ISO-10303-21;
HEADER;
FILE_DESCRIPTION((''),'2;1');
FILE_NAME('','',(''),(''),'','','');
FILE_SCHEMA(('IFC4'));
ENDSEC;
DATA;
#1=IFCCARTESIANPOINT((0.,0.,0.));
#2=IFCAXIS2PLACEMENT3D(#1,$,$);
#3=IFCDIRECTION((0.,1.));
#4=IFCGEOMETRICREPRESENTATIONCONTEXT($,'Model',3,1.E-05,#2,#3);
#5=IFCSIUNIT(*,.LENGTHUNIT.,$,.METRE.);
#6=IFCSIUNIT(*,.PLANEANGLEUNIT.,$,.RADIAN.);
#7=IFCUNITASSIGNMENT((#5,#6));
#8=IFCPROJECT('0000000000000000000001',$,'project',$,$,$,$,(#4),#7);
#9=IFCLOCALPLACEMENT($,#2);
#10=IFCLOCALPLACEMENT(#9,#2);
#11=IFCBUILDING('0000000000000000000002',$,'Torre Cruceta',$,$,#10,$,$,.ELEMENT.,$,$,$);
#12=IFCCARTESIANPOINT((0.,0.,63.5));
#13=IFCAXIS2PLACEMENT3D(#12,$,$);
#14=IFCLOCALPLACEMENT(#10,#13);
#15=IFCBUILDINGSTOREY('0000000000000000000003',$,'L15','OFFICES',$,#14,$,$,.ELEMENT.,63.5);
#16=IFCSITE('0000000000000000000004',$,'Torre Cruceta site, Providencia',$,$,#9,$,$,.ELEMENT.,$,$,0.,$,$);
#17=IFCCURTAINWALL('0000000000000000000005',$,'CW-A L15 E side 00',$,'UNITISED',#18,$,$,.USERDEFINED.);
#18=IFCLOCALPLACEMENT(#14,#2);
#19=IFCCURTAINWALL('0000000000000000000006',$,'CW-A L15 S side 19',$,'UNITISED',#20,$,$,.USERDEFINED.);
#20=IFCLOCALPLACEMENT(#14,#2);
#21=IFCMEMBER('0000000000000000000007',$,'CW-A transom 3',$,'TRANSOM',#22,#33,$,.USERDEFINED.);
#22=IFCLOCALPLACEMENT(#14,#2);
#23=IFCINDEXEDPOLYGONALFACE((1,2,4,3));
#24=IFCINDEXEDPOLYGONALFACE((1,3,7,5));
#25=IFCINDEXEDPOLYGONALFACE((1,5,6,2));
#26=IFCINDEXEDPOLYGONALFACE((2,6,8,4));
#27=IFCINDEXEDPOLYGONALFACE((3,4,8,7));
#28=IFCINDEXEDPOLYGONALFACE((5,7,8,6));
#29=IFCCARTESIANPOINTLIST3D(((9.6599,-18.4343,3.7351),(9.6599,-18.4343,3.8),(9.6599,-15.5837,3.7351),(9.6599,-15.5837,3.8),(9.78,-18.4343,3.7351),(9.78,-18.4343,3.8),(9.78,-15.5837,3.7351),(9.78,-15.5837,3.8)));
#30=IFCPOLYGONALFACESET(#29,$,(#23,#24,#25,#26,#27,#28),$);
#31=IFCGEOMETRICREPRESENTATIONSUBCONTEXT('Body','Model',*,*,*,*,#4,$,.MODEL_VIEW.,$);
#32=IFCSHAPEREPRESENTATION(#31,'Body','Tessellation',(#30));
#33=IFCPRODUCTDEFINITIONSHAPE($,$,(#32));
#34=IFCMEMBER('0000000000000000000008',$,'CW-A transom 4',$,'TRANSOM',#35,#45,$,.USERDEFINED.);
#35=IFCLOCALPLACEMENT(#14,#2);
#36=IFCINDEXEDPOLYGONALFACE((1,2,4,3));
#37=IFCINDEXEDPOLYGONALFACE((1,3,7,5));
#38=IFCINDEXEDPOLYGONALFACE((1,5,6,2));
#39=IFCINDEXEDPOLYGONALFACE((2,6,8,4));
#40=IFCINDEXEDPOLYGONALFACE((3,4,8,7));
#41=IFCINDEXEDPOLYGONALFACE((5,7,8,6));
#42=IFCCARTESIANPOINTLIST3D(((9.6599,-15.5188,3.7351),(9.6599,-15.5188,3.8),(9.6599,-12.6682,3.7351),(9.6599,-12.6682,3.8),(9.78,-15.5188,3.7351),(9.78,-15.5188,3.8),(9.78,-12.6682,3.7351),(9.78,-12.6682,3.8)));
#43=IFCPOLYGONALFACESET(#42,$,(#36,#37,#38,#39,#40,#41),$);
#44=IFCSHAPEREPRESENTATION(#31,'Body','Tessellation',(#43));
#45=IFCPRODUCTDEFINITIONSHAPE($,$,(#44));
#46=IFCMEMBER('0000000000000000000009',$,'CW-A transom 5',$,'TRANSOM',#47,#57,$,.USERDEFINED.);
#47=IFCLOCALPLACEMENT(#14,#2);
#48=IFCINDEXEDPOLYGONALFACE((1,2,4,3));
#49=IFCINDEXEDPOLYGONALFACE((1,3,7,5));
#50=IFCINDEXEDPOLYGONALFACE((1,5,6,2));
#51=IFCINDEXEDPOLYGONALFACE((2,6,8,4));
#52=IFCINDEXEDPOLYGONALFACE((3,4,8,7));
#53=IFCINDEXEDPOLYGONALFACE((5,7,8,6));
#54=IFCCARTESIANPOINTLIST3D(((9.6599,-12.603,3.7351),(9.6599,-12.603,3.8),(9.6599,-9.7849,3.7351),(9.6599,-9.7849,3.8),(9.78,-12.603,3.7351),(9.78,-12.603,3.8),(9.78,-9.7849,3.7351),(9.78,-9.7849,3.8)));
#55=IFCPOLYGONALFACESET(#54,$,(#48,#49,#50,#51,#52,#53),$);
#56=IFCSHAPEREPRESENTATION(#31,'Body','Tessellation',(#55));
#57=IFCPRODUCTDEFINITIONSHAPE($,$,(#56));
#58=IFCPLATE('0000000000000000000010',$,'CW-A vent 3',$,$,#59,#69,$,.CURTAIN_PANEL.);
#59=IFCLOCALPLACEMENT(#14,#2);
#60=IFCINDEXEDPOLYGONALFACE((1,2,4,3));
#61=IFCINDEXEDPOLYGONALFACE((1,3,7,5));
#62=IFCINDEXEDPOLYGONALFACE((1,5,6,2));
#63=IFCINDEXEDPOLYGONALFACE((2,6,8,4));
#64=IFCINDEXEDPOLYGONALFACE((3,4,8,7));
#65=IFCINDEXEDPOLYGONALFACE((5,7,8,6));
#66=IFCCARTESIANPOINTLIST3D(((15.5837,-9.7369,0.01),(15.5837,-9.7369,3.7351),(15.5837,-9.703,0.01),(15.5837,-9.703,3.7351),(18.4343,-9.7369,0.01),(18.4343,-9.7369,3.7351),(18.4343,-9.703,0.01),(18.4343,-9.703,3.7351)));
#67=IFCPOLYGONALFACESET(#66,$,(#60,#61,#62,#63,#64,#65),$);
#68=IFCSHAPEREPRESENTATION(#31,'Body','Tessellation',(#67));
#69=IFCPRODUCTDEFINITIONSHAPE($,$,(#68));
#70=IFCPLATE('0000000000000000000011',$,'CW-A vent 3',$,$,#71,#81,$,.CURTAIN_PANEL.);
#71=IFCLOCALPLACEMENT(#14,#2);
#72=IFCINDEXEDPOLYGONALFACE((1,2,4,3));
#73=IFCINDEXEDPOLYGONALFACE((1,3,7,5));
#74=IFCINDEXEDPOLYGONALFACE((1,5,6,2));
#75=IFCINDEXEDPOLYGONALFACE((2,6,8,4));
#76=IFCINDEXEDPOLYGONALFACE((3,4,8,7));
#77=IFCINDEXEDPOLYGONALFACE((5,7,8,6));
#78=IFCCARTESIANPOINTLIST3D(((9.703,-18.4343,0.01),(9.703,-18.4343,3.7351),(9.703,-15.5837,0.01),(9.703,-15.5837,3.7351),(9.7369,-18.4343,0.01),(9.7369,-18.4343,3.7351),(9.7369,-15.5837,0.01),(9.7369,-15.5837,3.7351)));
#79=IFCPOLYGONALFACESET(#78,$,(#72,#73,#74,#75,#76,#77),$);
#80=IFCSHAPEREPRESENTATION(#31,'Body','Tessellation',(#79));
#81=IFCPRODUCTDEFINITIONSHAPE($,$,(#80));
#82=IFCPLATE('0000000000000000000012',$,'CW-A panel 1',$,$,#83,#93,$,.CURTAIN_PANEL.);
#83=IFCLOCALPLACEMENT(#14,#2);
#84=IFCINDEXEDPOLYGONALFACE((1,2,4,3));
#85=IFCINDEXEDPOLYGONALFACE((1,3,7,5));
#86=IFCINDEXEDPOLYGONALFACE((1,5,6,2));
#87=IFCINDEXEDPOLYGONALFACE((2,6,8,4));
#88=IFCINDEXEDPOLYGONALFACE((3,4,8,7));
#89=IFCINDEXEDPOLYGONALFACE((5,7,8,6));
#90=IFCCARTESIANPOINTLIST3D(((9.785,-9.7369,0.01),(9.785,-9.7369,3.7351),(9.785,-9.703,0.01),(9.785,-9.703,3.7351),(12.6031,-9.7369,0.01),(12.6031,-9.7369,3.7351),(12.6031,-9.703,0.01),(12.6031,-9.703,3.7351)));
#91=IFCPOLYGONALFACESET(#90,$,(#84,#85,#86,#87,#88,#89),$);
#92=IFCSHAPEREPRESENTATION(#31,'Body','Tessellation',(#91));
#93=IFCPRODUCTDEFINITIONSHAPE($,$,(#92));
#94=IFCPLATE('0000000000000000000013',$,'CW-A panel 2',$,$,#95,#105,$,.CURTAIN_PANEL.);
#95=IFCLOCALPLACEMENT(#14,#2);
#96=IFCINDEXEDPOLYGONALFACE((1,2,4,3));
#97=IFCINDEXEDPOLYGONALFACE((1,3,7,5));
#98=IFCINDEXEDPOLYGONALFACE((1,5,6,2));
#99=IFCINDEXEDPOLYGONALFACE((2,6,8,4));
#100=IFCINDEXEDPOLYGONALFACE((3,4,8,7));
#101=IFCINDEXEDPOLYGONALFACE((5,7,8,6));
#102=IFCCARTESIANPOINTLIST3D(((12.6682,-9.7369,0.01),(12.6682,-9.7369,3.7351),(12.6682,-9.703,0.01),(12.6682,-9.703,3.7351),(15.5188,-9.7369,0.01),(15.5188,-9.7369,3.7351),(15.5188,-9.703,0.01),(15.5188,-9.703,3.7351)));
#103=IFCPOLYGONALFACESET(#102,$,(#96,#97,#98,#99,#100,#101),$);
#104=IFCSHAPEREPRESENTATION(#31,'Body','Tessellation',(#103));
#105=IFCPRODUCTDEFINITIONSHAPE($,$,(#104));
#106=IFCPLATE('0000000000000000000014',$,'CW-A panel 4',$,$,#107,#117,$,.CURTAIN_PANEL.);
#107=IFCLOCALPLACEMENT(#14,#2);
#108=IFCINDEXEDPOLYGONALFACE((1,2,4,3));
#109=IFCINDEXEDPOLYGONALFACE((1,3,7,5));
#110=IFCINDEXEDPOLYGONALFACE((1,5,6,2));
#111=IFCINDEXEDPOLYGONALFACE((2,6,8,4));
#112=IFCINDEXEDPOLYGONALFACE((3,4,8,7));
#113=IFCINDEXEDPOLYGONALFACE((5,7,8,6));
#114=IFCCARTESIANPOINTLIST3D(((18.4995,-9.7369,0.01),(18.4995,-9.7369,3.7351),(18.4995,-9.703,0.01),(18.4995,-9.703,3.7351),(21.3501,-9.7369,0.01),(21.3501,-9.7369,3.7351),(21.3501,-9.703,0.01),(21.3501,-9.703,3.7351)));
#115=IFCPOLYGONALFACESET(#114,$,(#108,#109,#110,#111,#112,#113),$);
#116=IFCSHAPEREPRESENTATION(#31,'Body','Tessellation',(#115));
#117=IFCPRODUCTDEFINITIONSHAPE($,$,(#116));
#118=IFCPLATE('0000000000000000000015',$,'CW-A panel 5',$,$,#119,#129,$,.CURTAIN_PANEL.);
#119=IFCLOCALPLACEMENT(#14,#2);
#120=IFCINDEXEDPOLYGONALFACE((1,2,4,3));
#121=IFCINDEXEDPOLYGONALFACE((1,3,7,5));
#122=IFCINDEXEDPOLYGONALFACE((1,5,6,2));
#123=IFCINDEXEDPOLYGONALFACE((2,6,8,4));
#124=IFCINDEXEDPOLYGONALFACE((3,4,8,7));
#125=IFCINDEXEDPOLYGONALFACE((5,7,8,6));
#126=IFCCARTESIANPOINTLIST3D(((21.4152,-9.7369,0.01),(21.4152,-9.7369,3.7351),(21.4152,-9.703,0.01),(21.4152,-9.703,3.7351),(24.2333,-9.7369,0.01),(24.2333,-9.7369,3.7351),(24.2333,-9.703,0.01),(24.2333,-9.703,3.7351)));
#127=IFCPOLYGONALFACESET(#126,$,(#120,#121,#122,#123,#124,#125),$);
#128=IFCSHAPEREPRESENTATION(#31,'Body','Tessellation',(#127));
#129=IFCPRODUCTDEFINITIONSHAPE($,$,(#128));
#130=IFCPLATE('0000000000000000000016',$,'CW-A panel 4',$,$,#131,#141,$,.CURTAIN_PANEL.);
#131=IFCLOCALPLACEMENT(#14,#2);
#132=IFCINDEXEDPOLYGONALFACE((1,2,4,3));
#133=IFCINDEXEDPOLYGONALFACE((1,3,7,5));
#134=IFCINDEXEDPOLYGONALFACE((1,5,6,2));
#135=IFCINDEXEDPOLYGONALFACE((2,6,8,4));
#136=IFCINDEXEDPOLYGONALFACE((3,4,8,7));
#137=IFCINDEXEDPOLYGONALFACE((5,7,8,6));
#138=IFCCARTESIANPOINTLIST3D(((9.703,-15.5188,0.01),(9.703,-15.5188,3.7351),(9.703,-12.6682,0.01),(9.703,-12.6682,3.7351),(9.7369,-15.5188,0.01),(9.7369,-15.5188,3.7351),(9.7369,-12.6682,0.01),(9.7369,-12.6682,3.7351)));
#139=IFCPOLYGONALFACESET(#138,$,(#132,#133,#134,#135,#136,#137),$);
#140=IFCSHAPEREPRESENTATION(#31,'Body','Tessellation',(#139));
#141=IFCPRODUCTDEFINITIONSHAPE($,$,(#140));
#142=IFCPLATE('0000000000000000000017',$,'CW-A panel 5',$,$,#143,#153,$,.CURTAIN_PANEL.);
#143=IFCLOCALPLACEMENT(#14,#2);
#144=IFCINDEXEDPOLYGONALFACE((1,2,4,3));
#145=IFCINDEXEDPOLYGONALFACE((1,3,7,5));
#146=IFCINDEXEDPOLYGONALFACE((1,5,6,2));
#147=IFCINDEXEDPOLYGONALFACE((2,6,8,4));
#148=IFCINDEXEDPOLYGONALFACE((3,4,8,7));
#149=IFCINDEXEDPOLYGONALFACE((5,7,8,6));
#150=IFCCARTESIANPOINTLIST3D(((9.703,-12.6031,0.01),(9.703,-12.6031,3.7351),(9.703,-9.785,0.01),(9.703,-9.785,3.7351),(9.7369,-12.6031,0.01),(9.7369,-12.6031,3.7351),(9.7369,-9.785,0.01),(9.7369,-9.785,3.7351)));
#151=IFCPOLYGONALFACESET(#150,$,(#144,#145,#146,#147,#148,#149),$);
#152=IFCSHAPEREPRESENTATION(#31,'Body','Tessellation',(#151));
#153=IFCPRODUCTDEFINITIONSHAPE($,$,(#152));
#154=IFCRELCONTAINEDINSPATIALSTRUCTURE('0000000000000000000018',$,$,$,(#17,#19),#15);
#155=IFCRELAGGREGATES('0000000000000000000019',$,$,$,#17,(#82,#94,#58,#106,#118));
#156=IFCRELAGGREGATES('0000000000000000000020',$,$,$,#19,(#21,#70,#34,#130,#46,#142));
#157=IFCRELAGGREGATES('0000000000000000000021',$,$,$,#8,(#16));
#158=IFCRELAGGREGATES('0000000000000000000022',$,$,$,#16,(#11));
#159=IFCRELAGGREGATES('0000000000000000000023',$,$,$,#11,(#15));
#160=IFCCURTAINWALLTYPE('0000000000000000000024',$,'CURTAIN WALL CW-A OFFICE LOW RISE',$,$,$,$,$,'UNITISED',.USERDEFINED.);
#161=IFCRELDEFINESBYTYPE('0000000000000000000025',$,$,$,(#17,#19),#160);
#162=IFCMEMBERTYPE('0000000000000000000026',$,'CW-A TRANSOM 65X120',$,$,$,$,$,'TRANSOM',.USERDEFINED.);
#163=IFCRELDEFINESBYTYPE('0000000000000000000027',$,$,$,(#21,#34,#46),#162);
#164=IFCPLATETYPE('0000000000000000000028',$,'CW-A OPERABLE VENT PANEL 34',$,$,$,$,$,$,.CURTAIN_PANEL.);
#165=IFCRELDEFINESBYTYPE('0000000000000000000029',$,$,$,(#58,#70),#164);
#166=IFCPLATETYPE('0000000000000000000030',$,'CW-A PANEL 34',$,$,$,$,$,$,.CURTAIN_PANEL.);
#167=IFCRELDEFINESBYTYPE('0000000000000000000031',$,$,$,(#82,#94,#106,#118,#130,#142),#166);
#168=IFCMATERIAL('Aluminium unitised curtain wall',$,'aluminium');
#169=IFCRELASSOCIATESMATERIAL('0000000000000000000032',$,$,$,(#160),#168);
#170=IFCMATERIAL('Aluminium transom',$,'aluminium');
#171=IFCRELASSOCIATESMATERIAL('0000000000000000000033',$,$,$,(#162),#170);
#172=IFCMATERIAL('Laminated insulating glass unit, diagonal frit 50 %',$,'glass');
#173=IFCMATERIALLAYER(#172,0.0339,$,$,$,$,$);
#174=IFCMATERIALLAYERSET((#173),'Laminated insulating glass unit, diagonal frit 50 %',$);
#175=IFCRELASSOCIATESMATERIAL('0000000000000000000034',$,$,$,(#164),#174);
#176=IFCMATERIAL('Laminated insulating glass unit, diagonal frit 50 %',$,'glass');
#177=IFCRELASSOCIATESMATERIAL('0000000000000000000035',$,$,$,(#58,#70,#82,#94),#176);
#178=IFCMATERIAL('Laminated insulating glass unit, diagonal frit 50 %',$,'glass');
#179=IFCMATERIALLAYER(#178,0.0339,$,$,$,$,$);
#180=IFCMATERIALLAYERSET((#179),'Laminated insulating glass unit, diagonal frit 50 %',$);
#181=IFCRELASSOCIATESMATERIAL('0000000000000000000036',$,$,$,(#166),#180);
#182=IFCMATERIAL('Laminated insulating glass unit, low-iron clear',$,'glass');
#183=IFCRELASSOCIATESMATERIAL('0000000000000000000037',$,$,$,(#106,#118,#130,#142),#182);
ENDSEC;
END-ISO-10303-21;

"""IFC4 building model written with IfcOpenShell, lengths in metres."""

from ifc_helpers import new_model, si_unit, direction, frame, origin, origin_2d, place, context, subcontext, project, spatial, rectangle, extrude, material, layer, layer_set, material_profile, profile_set, type_object, element, aggregate, save


model = new_model("IFC4")

# Units and contexts
model_context = context("Model", 3, precision=1e-05, world=origin(), true_north=direction((0.0, 1.0)))
body_context = subcontext(model_context, "Body", "Model", "MODEL_VIEW")
ifc_project = project(units=[si_unit("LENGTHUNIT", "METRE"), si_unit("PLANEANGLEUNIT", "RADIAN")], contexts=[model_context])

# Site, building, storey
site_placement = place(None, origin())
site = spatial("IfcSite", under=ifc_project, at=site_placement, Name="Torre Cruceta site, Providencia", CompositionType="ELEMENT", RefElevation=0.0)
building_placement = place(site_placement, origin())
building = spatial("IfcBuilding", under=site, at=building_placement, Name="Torre Cruceta", CompositionType="ELEMENT")
storey_placement = place(building_placement, frame((0.0, 0.0, 63.5)))
storey = spatial("IfcBuildingStorey", under=building, at=storey_placement, Name="L15", Description="OFFICES", CompositionType="ELEMENT", Elevation=63.5)

# Curtain walls
ifc_material_1 = material(Name="Aluminium unitised curtain wall", Category="aluminium")
curtain_wall_type = type_object("IfcCurtainWallType", Name="CURTAIN WALL CW-A OFFICE LOW RISE", ElementType="UNITISED", PredefinedType="USERDEFINED", material=ifc_material_1)
curtain_wall_1_placement = place(storey_placement, origin())
curtain_wall_1 = element("IfcCurtainWall", 1, at=curtain_wall_1_placement, inside=storey, type_object=curtain_wall_type, Name="CW-A L15 E side 00", ObjectType="UNITISED", PredefinedType="USERDEFINED")
curtain_wall_2_placement = place(storey_placement, origin())
curtain_wall_2 = element("IfcCurtainWall", 2, at=curtain_wall_2_placement, inside=storey, type_object=curtain_wall_type, Name="CW-A L15 S side 19", ObjectType="UNITISED", PredefinedType="USERDEFINED")

# Members
ifc_material_2 = material(Name="Aluminium transom", Category="aluminium")
ifc_material_profile_1 = material_profile(ifc_material_2, rectangle(XDim=0.1201, YDim=0.0649, at=origin_2d()), Name="AL 120X65")
ifc_profile_set_1 = profile_set([ifc_material_profile_1], Name="Aluminium transom")
member_type_1 = type_object("IfcMemberType", Name="CW-A TRANSOM 65X120", ElementType="TRANSOM", PredefinedType="USERDEFINED", material=ifc_profile_set_1)
member_1_placement = place(storey_placement, frame((9.72, -18.4343, 3.7676), z_axis=(0.0, 1.0, 0.0), x_axis=(-1.0, 0.0, 0.0)))
member_1 = element("IfcMember", 3, at=member_1_placement, type_object=member_type_1, Name="CW-A transom 3", ObjectType="TRANSOM", PredefinedType="USERDEFINED", context=body_context, shape_type="SweptSolid", body=[
    extrude(rectangle(XDim=0.1201, YDim=0.0649, at=origin_2d()), origin(), (0.0, 0.0, 1.0), 2.8506),
])
member_2_placement = place(storey_placement, frame((9.72, -15.5188, 3.7676), z_axis=(0.0, 1.0, 0.0), x_axis=(-1.0, 0.0, 0.0)))
member_2 = element("IfcMember", 4, at=member_2_placement, type_object=member_type_1, Name="CW-A transom 4", ObjectType="TRANSOM", PredefinedType="USERDEFINED", context=body_context, shape_type="SweptSolid", body=[
    extrude(rectangle(XDim=0.1201, YDim=0.0649, at=origin_2d()), origin(), (0.0, 0.0, 1.0), 2.8506),
])
member_3_placement = place(storey_placement, frame((9.72, -12.603, 3.7676), z_axis=(0.0, 1.0, 0.0), x_axis=(-1.0, 0.0, 0.0)))
member_3 = element("IfcMember", 5, at=member_3_placement, type_object=member_type_1, Name="CW-A transom 5", ObjectType="TRANSOM", PredefinedType="USERDEFINED", context=body_context, shape_type="SweptSolid", body=[
    extrude(rectangle(XDim=0.1201, YDim=0.0649, at=origin_2d()), origin(), (0.0, 0.0, 1.0), 2.8181),
])

# Plates
ifc_material_3 = material(Name="Laminated insulating glass unit, diagonal frit 50 %", Category="glass")
ifc_material_4 = material(Name="Laminated insulating glass unit, diagonal frit 50 %", Category="glass")
ifc_layer_1 = layer(ifc_material_4, 0.0339)
ifc_layer_set_1 = layer_set([ifc_layer_1], Name="Laminated insulating glass unit, diagonal frit 50 %")
plate_type_1 = type_object("IfcPlateType", Name="CW-A OPERABLE VENT PANEL 34", PredefinedType="CURTAIN_PANEL", material=ifc_layer_set_1)
plate_1_placement = place(storey_placement, frame((17.009, -9.72, 0.01), z_axis=(0.0, 0.0, 1.0), x_axis=(1.0, 0.0, 0.0)))
plate_1 = element("IfcPlate", 6, at=plate_1_placement, type_object=plate_type_1, material=ifc_material_3, Name="CW-A vent 3", PredefinedType="CURTAIN_PANEL", context=body_context, shape_type="SweptSolid", body=[
    extrude(rectangle(XDim=2.8506, YDim=0.0339, at=origin_2d()), origin(), (0.0, 0.0, 1.0), 3.7251),
])
plate_2_placement = place(storey_placement, frame((9.72, -17.009, 0.01), z_axis=(0.0, 0.0, 1.0), x_axis=(0.0, 1.0, 0.0)))
plate_2 = element("IfcPlate", 7, at=plate_2_placement, type_object=plate_type_1, material=ifc_material_3, Name="CW-A vent 3", PredefinedType="CURTAIN_PANEL", context=body_context, shape_type="SweptSolid", body=[
    extrude(rectangle(XDim=2.8506, YDim=0.0339, at=origin_2d()), origin(), (0.0, 0.0, 1.0), 3.7251),
])
ifc_material_5 = material(Name="Laminated insulating glass unit, diagonal frit 50 %", Category="glass")
ifc_layer_2 = layer(ifc_material_5, 0.0339)
ifc_layer_set_2 = layer_set([ifc_layer_2], Name="Laminated insulating glass unit, diagonal frit 50 %")
plate_type_2 = type_object("IfcPlateType", Name="CW-A PANEL 34", PredefinedType="CURTAIN_PANEL", material=ifc_layer_set_2)
plate_3_placement = place(storey_placement, frame((11.1941, -9.72, 0.01), z_axis=(0.0, 0.0, 1.0), x_axis=(1.0, 0.0, 0.0)))
plate_3 = element("IfcPlate", 8, at=plate_3_placement, type_object=plate_type_2, material=ifc_material_3, Name="CW-A panel 1", PredefinedType="CURTAIN_PANEL", context=body_context, shape_type="SweptSolid", body=[
    extrude(rectangle(XDim=2.8181, YDim=0.0339, at=origin_2d()), origin(), (0.0, 0.0, 1.0), 3.7251),
])
plate_4_placement = place(storey_placement, frame((14.0935, -9.72, 0.01), z_axis=(0.0, 0.0, 1.0), x_axis=(1.0, 0.0, 0.0)))
plate_4 = element("IfcPlate", 9, at=plate_4_placement, type_object=plate_type_2, material=ifc_material_3, Name="CW-A panel 2", PredefinedType="CURTAIN_PANEL", context=body_context, shape_type="SweptSolid", body=[
    extrude(rectangle(XDim=2.8506, YDim=0.0339, at=origin_2d()), origin(), (0.0, 0.0, 1.0), 3.7251),
])
ifc_material_6 = material(Name="Laminated insulating glass unit, low-iron clear", Category="glass")
plate_5_placement = place(storey_placement, frame((19.9248, -9.72, 0.01), z_axis=(0.0, 0.0, 1.0), x_axis=(1.0, 0.0, 0.0)))
plate_5 = element("IfcPlate", 10, at=plate_5_placement, type_object=plate_type_2, material=ifc_material_6, Name="CW-A panel 4", PredefinedType="CURTAIN_PANEL", context=body_context, shape_type="SweptSolid", body=[
    extrude(rectangle(XDim=2.8506, YDim=0.0339, at=origin_2d()), origin(), (0.0, 0.0, 1.0), 3.7251),
])
plate_6_placement = place(storey_placement, frame((22.8242, -9.72, 0.01), z_axis=(0.0, 0.0, 1.0), x_axis=(1.0, 0.0, 0.0)))
plate_6 = element("IfcPlate", 11, at=plate_6_placement, type_object=plate_type_2, material=ifc_material_6, Name="CW-A panel 5", PredefinedType="CURTAIN_PANEL", context=body_context, shape_type="SweptSolid", body=[
    extrude(rectangle(XDim=2.8181, YDim=0.0339, at=origin_2d()), origin(), (0.0, 0.0, 1.0), 3.7251),
])
aggregate(curtain_wall_1, [plate_3, plate_4, plate_1, plate_5, plate_6])
plate_7_placement = place(storey_placement, frame((9.72, -14.0935, 0.01), z_axis=(0.0, 0.0, 1.0), x_axis=(0.0, 1.0, 0.0)))
plate_7 = element("IfcPlate", 12, at=plate_7_placement, type_object=plate_type_2, material=ifc_material_6, Name="CW-A panel 4", PredefinedType="CURTAIN_PANEL", context=body_context, shape_type="SweptSolid", body=[
    extrude(rectangle(XDim=2.8506, YDim=0.0339, at=origin_2d()), origin(), (0.0, 0.0, 1.0), 3.7251),
])
plate_8_placement = place(storey_placement, frame((9.72, -11.1941, 0.01), z_axis=(0.0, 0.0, 1.0), x_axis=(0.0, 1.0, 0.0)))
plate_8 = element("IfcPlate", 13, at=plate_8_placement, type_object=plate_type_2, material=ifc_material_6, Name="CW-A panel 5", PredefinedType="CURTAIN_PANEL", context=body_context, shape_type="SweptSolid", body=[
    extrude(rectangle(XDim=2.8181, YDim=0.0339, at=origin_2d()), origin(), (0.0, 0.0, 1.0), 3.7251),
])
aggregate(curtain_wall_2, [member_1, plate_2, member_2, plate_7, member_3, plate_8])

save(model, "model.ifc")
